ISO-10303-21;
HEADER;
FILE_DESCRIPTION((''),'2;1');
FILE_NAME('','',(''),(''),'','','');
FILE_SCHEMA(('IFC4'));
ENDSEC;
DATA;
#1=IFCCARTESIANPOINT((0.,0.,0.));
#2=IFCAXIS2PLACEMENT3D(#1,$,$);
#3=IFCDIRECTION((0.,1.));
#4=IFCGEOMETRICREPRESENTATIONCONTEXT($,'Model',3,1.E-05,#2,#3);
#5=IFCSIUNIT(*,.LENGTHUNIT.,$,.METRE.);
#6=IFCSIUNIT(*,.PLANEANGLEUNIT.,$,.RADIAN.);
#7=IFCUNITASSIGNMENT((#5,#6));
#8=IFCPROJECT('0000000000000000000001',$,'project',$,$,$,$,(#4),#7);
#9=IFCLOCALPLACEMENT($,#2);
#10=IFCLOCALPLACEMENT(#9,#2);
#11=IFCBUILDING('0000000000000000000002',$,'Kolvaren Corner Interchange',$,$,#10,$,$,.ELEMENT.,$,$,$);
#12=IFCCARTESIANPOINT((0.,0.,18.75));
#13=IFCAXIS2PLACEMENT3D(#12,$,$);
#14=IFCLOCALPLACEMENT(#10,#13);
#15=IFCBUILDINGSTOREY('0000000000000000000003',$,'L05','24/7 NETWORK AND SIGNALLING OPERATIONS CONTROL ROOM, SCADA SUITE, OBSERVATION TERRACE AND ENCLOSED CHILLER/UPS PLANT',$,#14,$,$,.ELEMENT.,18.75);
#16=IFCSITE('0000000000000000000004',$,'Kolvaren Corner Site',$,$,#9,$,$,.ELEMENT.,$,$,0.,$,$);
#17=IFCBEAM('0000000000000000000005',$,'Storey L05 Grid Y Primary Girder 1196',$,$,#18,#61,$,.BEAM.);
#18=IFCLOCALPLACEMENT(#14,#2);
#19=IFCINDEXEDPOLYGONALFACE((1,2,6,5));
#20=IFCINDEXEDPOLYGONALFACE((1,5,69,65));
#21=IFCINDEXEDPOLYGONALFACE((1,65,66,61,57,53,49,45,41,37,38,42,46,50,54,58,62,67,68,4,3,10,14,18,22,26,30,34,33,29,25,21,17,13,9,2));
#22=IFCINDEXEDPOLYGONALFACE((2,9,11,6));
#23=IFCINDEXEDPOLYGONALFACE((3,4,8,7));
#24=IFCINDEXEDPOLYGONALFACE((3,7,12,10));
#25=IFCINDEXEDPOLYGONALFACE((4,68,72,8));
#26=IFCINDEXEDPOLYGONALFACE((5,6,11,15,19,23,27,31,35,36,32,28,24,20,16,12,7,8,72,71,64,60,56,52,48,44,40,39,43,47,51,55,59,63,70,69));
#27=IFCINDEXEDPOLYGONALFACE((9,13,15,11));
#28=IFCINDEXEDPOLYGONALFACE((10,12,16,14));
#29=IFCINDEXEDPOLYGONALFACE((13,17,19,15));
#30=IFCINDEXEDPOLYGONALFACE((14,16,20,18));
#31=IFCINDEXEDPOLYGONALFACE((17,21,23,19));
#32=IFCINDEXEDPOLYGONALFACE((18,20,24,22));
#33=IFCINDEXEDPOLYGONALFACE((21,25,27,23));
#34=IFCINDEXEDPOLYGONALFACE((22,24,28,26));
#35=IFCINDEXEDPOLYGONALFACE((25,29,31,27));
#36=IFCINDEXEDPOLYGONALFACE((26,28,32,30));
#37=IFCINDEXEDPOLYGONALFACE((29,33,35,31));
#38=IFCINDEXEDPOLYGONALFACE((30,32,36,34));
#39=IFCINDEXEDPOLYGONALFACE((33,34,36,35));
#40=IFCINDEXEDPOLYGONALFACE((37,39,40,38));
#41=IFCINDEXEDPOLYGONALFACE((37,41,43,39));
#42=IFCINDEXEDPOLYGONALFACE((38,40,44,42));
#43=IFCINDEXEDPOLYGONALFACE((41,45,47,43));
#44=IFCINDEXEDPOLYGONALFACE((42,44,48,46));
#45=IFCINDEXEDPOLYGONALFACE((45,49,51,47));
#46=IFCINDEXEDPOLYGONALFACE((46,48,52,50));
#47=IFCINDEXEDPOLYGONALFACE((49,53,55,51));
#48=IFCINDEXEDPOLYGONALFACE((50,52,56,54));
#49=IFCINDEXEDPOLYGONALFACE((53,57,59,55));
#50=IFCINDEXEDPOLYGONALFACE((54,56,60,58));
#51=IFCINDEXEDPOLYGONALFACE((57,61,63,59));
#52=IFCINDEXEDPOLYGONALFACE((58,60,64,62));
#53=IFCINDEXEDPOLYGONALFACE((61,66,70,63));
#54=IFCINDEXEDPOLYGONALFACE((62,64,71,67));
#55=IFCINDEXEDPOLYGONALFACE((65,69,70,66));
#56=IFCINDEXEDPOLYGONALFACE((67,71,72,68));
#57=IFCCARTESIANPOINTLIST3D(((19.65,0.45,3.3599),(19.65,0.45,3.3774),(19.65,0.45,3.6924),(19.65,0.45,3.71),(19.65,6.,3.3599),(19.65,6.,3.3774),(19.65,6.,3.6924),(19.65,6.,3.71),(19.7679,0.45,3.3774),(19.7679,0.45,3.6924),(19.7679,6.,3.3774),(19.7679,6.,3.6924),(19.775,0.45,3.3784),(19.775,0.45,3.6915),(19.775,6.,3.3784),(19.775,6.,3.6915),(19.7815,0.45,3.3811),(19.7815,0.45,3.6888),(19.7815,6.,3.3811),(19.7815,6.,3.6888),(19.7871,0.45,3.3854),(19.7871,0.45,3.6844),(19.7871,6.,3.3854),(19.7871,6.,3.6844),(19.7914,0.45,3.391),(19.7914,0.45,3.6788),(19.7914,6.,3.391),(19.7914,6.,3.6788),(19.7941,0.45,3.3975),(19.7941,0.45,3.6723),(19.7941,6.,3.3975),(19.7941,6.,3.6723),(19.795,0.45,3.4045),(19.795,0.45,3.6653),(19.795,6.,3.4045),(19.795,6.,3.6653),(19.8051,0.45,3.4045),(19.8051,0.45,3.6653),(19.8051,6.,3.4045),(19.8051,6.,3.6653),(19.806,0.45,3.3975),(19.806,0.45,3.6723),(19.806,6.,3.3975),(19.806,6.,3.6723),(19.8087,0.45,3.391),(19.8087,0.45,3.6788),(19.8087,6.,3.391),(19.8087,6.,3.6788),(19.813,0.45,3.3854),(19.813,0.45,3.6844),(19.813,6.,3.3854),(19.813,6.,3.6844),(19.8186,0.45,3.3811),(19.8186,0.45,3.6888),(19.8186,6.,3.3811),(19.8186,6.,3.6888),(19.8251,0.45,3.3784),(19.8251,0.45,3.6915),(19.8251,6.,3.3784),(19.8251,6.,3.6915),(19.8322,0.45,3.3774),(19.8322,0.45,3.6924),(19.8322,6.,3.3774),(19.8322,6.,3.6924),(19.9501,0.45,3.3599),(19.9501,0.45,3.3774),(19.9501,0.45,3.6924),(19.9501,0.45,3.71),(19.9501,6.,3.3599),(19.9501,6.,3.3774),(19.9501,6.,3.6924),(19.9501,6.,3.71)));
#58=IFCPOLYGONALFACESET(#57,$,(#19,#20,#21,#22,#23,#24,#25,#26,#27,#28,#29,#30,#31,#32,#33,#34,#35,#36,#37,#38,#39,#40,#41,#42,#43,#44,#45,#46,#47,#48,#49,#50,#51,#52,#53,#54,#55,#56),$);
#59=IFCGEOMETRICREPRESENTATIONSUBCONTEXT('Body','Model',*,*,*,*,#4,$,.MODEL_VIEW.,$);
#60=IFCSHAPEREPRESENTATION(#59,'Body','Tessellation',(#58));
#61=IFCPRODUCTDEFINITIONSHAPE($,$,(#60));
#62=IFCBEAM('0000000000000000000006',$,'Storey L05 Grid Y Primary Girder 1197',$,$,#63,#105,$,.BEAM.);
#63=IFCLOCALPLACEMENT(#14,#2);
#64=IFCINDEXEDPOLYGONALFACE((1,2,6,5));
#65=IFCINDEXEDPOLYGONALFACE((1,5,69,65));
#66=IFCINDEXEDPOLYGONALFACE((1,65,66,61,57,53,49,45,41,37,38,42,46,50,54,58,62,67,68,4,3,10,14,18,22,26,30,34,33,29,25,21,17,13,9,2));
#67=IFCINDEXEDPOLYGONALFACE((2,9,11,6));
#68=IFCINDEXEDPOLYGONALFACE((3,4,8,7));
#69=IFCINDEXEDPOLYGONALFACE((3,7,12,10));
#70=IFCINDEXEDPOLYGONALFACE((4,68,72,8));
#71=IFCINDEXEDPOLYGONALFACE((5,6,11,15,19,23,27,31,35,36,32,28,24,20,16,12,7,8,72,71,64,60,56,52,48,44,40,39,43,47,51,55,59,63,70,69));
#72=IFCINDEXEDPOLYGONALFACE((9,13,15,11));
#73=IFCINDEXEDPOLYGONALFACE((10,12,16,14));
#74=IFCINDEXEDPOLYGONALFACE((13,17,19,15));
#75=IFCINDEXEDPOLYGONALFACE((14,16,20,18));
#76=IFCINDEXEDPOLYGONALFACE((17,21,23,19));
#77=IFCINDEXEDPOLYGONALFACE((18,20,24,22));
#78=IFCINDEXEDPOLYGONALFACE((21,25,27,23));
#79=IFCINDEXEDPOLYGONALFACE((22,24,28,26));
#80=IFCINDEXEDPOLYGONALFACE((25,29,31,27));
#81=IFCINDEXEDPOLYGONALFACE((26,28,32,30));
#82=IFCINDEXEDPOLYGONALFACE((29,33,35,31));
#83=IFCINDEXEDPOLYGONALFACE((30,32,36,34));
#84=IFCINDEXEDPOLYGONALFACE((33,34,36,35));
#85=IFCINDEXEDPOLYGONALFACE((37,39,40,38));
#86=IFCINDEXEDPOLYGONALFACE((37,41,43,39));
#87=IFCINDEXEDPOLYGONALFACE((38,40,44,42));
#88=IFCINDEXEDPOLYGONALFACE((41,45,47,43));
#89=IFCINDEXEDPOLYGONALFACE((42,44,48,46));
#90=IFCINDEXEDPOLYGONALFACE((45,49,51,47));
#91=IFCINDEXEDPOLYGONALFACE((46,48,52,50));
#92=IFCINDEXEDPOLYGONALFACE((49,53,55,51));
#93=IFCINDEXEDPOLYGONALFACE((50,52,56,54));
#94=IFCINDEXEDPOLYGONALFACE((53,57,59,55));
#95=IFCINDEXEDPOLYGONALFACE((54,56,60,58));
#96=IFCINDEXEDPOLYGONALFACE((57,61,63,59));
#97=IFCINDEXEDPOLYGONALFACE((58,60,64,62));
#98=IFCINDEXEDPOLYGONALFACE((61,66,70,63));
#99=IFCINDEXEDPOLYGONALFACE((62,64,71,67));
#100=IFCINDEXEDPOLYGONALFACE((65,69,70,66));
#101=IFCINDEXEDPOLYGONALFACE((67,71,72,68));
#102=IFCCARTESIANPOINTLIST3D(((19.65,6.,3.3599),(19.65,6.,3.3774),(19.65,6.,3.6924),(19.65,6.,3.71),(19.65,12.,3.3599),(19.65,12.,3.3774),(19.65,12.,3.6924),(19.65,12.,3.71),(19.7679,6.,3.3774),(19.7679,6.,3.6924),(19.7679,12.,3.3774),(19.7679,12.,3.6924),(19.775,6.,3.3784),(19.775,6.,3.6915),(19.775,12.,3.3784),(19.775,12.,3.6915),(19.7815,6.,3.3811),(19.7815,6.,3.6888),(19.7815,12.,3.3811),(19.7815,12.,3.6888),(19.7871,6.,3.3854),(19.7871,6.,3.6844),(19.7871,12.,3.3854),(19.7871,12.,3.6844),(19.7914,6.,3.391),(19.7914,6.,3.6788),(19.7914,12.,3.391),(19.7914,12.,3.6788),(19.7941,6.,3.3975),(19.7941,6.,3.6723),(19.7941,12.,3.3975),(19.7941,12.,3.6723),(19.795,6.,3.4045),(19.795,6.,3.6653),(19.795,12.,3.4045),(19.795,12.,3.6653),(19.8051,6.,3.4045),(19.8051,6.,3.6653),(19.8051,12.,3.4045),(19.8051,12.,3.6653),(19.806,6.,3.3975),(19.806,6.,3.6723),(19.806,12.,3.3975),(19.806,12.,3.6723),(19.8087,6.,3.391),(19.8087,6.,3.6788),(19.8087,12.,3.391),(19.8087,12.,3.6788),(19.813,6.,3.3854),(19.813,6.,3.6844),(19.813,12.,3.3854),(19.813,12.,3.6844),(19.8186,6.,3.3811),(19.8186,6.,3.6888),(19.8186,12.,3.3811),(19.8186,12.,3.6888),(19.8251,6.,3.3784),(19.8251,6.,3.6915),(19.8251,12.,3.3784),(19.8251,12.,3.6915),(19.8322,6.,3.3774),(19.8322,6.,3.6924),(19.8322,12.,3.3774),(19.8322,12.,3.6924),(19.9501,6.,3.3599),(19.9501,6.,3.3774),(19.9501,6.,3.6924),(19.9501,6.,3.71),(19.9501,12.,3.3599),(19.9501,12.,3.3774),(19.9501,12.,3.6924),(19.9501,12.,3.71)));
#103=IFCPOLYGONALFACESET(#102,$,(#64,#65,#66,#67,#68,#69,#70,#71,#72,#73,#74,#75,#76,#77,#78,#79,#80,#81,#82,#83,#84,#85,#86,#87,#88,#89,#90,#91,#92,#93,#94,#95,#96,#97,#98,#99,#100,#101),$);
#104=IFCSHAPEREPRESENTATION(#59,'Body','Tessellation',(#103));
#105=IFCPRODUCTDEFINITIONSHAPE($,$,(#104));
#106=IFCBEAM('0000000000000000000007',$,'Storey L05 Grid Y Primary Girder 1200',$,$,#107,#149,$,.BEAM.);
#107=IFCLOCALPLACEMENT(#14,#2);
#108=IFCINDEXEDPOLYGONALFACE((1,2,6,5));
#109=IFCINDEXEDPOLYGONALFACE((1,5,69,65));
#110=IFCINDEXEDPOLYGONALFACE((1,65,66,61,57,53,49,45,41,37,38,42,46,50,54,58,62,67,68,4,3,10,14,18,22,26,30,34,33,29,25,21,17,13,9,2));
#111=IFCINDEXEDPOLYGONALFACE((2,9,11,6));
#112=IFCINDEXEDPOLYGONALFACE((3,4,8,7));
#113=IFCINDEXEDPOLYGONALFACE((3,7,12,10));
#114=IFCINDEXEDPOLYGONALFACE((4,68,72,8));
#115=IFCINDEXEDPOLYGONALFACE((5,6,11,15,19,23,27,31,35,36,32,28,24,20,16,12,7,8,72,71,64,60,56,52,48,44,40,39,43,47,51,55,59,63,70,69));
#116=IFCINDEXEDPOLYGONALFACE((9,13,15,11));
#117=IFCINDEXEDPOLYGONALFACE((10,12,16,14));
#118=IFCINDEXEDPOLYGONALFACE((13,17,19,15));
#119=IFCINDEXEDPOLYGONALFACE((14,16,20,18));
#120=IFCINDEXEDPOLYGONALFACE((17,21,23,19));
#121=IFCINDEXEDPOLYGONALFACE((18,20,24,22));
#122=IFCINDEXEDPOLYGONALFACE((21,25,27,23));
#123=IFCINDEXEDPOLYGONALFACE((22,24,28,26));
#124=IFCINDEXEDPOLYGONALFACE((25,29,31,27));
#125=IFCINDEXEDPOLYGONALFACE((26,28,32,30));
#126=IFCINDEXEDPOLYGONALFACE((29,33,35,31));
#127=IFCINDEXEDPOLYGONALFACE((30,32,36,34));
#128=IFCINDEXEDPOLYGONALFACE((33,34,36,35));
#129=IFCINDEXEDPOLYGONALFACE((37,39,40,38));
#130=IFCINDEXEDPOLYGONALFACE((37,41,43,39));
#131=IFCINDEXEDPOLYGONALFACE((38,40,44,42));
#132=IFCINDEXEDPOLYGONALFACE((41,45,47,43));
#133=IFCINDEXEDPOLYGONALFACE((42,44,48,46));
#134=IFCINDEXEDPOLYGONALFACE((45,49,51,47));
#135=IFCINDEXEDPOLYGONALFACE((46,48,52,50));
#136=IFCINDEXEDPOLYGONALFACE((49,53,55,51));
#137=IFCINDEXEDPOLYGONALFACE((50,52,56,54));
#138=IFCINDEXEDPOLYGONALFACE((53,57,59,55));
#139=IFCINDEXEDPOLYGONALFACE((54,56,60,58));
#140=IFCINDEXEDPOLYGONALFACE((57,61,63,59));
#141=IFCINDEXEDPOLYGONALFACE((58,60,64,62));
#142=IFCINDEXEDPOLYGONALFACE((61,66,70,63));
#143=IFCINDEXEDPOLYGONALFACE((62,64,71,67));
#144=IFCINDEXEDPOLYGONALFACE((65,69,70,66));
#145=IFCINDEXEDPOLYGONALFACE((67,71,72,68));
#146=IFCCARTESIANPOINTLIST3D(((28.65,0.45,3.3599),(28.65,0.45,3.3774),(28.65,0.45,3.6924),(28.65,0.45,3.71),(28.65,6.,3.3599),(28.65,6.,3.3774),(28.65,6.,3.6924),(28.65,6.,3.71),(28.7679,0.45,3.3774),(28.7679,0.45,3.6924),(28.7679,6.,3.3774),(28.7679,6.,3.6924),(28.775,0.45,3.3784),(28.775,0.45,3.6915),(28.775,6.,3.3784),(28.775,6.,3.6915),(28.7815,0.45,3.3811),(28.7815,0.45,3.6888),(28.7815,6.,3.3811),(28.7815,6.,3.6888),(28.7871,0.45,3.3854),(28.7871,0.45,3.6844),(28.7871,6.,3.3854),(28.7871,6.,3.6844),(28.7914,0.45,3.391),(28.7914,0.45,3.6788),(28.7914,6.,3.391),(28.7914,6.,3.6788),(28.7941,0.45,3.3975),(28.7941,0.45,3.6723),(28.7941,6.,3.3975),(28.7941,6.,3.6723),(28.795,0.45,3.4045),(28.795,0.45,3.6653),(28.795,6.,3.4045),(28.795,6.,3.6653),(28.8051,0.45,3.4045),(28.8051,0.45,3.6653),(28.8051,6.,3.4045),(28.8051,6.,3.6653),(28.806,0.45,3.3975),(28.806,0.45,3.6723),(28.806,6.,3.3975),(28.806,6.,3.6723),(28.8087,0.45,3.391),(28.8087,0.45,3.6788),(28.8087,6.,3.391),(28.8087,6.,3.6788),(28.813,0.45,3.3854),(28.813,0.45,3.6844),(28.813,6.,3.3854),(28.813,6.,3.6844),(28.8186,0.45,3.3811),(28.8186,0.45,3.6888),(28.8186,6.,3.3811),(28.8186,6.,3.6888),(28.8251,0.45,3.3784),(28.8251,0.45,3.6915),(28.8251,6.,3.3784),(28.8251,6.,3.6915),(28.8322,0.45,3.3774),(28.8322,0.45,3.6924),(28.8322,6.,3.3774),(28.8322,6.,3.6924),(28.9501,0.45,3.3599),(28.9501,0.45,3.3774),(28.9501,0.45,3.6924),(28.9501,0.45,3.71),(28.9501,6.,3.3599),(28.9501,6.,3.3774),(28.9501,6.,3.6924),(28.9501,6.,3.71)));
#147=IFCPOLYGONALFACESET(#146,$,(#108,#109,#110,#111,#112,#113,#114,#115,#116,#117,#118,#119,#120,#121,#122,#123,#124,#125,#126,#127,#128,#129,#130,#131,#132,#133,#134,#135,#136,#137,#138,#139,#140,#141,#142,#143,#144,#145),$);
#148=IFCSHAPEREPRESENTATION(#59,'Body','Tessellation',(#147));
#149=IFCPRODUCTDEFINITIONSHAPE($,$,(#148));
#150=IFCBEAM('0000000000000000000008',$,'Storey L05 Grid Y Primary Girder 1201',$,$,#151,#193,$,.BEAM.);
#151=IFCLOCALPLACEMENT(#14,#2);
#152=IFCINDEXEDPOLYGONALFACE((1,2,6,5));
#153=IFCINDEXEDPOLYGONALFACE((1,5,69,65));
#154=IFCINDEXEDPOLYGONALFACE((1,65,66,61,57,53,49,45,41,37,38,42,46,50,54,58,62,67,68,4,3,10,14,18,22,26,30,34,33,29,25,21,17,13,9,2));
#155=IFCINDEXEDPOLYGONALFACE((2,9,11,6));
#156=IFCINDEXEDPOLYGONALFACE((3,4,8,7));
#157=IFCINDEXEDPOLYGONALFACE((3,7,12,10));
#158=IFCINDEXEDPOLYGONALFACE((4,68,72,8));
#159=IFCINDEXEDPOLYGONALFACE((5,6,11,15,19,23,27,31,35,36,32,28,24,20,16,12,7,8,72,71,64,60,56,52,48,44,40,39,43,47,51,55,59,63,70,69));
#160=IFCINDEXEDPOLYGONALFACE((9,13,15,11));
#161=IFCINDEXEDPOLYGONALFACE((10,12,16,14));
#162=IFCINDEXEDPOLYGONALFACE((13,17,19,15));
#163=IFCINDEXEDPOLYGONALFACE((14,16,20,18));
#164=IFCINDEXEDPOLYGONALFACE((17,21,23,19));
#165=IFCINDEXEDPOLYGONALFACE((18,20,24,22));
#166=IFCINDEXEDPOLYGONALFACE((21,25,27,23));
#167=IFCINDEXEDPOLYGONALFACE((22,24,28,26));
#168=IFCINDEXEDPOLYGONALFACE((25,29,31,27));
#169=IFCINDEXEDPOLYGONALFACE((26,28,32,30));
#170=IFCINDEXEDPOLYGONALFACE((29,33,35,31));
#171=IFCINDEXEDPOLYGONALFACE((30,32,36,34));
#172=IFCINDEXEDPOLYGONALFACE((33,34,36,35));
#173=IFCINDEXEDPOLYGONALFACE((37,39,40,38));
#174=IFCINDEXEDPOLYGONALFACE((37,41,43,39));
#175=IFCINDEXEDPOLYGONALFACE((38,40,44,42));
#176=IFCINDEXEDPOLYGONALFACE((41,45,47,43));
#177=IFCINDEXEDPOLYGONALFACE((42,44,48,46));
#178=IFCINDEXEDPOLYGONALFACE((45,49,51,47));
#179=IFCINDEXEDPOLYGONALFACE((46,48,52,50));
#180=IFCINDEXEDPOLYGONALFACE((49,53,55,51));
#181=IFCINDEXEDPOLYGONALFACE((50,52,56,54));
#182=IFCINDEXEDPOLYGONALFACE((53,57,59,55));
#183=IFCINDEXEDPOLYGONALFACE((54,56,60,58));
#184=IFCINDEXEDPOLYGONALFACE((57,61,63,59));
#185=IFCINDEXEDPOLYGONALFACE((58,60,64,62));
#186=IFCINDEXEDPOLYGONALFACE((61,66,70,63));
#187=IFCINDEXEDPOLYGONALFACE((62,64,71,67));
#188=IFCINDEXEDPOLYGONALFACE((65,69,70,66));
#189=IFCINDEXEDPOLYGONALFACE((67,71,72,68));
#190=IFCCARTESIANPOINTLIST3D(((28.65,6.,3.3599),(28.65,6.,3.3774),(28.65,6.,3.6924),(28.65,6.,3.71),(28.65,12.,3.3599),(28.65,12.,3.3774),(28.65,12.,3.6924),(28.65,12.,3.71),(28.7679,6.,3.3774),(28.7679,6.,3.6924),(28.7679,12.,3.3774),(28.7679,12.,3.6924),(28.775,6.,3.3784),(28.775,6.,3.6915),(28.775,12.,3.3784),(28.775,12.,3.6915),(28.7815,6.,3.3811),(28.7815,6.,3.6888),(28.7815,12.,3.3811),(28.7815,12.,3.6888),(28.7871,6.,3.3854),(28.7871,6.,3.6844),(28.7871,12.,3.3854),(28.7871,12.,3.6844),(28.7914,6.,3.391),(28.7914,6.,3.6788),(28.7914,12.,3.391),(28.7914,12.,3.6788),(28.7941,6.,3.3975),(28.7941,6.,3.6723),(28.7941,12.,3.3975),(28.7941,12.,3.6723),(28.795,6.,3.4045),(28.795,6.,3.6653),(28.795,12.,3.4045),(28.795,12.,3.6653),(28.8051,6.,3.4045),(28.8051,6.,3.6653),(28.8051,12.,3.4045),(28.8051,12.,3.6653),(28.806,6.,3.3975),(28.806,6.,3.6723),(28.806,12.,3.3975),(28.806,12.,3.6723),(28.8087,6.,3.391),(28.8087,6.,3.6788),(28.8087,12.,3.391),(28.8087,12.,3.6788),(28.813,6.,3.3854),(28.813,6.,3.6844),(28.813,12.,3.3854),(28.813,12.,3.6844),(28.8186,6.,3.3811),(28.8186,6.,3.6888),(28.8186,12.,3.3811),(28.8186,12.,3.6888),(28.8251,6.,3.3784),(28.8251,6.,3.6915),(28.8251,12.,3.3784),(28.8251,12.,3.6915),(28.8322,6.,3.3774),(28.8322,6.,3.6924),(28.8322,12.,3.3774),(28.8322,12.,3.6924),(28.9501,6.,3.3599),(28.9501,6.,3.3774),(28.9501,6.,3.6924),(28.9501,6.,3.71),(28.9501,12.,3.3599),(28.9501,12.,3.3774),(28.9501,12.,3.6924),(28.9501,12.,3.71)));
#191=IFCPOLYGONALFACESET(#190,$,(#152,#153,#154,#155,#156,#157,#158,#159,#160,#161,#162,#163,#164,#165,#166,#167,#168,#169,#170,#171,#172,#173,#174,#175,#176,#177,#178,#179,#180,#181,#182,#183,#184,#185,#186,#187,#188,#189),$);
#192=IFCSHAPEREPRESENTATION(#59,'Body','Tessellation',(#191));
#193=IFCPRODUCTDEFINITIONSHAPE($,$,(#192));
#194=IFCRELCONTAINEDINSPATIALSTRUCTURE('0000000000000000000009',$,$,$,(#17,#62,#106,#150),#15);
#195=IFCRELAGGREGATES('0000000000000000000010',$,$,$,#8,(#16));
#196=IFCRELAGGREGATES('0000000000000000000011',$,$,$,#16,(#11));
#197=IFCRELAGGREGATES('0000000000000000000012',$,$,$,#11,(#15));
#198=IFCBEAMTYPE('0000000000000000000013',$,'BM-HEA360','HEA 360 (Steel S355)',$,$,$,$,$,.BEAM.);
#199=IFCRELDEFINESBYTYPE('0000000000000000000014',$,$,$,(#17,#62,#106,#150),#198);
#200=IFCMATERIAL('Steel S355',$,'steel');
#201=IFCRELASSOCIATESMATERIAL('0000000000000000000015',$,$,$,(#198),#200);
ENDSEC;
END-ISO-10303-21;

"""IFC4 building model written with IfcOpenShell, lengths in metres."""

from ifc_helpers import new_model, si_unit, direction, frame, origin, origin_2d, place, context, subcontext, project, spatial, i_section, extrude, material, material_profile, profile_set, type_object, element, save


model = new_model("IFC4")

# Units and contexts
model_context = context("Model", 3, precision=1e-05, world=origin(), true_north=direction((0.0, 1.0)))
body_context = subcontext(model_context, "Body", "Model", "MODEL_VIEW")
ifc_project = project(units=[si_unit("LENGTHUNIT", "METRE"), si_unit("PLANEANGLEUNIT", "RADIAN")], contexts=[model_context])

# Site, building, storey
site_placement = place(None, origin())
site = spatial("IfcSite", under=ifc_project, at=site_placement, Name="Kolvaren Corner Site", CompositionType="ELEMENT", RefElevation=0.0)
building_placement = place(site_placement, origin())
building = spatial("IfcBuilding", under=site, at=building_placement, Name="Kolvaren Corner Interchange", CompositionType="ELEMENT")
storey_placement = place(building_placement, frame((0.0, 0.0, 18.75)))
storey = spatial("IfcBuildingStorey", under=building, at=storey_placement, Name="L05", Description="24/7 NETWORK AND SIGNALLING OPERATIONS CONTROL ROOM, SCADA SUITE, OBSERVATION TERRACE AND ENCLOSED CHILLER/UPS PLANT", CompositionType="ELEMENT", Elevation=18.75)

# Beams
ifc_material_1 = material(Name="Steel S355", Category="steel")
ifc_material_profile_1 = material_profile(ifc_material_1, i_section(OverallWidth=0.3, OverallDepth=0.3501, WebThickness=0.01, FlangeThickness=0.0176, FilletRadius=0.0271, at=origin_2d()), Name="HEA 360")
ifc_profile_set_1 = profile_set([ifc_material_profile_1], Name="Steel S355")
beam_type_1 = type_object("IfcBeamType", Name="BM-HEA360", Description="HEA 360 (Steel S355)", PredefinedType="BEAM", material=ifc_profile_set_1)
beam_1_placement = place(storey_placement, frame((19.8, 0.45, 3.5349), z_axis=(0.0, 1.0, 0.0), x_axis=(-1.0, 0.0, 0.0)))
element("IfcBeam", 1, at=beam_1_placement, inside=storey, type_object=beam_type_1, Name="Storey L05 Grid Y Primary Girder 1196", PredefinedType="BEAM", context=body_context, shape_type="SweptSolid", body=[
    extrude(i_section(OverallWidth=0.3, OverallDepth=0.3501, WebThickness=0.01, FlangeThickness=0.0176, FilletRadius=0.0271, at=origin_2d()), origin(), (0.0, 0.0, 1.0), 5.55),
])
beam_2_placement = place(storey_placement, frame((19.8, 6.0, 3.5349), z_axis=(0.0, 1.0, 0.0), x_axis=(-1.0, 0.0, 0.0)))
element("IfcBeam", 2, at=beam_2_placement, inside=storey, type_object=beam_type_1, Name="Storey L05 Grid Y Primary Girder 1197", PredefinedType="BEAM", context=body_context, shape_type="SweptSolid", body=[
    extrude(i_section(OverallWidth=0.3, OverallDepth=0.3501, WebThickness=0.01, FlangeThickness=0.0176, FilletRadius=0.0271, at=origin_2d()), origin(), (0.0, 0.0, 1.0), 6.0),
])
beam_3_placement = place(storey_placement, frame((28.8, 0.45, 3.5349), z_axis=(0.0, 1.0, 0.0), x_axis=(-1.0, 0.0, 0.0)))
element("IfcBeam", 3, at=beam_3_placement, inside=storey, type_object=beam_type_1, Name="Storey L05 Grid Y Primary Girder 1200", PredefinedType="BEAM", context=body_context, shape_type="SweptSolid", body=[
    extrude(i_section(OverallWidth=0.3, OverallDepth=0.3501, WebThickness=0.01, FlangeThickness=0.0176, FilletRadius=0.0271, at=origin_2d()), origin(), (0.0, 0.0, 1.0), 5.55),
])
beam_4_placement = place(storey_placement, frame((28.8, 6.0, 3.5349), z_axis=(0.0, 1.0, 0.0), x_axis=(-1.0, 0.0, 0.0)))
element("IfcBeam", 4, at=beam_4_placement, inside=storey, type_object=beam_type_1, Name="Storey L05 Grid Y Primary Girder 1201", PredefinedType="BEAM", context=body_context, shape_type="SweptSolid", body=[
    extrude(i_section(OverallWidth=0.3, OverallDepth=0.3501, WebThickness=0.01, FlangeThickness=0.0176, FilletRadius=0.0271, at=origin_2d()), origin(), (0.0, 0.0, 1.0), 6.0),
])

save(model, "model.ifc")
